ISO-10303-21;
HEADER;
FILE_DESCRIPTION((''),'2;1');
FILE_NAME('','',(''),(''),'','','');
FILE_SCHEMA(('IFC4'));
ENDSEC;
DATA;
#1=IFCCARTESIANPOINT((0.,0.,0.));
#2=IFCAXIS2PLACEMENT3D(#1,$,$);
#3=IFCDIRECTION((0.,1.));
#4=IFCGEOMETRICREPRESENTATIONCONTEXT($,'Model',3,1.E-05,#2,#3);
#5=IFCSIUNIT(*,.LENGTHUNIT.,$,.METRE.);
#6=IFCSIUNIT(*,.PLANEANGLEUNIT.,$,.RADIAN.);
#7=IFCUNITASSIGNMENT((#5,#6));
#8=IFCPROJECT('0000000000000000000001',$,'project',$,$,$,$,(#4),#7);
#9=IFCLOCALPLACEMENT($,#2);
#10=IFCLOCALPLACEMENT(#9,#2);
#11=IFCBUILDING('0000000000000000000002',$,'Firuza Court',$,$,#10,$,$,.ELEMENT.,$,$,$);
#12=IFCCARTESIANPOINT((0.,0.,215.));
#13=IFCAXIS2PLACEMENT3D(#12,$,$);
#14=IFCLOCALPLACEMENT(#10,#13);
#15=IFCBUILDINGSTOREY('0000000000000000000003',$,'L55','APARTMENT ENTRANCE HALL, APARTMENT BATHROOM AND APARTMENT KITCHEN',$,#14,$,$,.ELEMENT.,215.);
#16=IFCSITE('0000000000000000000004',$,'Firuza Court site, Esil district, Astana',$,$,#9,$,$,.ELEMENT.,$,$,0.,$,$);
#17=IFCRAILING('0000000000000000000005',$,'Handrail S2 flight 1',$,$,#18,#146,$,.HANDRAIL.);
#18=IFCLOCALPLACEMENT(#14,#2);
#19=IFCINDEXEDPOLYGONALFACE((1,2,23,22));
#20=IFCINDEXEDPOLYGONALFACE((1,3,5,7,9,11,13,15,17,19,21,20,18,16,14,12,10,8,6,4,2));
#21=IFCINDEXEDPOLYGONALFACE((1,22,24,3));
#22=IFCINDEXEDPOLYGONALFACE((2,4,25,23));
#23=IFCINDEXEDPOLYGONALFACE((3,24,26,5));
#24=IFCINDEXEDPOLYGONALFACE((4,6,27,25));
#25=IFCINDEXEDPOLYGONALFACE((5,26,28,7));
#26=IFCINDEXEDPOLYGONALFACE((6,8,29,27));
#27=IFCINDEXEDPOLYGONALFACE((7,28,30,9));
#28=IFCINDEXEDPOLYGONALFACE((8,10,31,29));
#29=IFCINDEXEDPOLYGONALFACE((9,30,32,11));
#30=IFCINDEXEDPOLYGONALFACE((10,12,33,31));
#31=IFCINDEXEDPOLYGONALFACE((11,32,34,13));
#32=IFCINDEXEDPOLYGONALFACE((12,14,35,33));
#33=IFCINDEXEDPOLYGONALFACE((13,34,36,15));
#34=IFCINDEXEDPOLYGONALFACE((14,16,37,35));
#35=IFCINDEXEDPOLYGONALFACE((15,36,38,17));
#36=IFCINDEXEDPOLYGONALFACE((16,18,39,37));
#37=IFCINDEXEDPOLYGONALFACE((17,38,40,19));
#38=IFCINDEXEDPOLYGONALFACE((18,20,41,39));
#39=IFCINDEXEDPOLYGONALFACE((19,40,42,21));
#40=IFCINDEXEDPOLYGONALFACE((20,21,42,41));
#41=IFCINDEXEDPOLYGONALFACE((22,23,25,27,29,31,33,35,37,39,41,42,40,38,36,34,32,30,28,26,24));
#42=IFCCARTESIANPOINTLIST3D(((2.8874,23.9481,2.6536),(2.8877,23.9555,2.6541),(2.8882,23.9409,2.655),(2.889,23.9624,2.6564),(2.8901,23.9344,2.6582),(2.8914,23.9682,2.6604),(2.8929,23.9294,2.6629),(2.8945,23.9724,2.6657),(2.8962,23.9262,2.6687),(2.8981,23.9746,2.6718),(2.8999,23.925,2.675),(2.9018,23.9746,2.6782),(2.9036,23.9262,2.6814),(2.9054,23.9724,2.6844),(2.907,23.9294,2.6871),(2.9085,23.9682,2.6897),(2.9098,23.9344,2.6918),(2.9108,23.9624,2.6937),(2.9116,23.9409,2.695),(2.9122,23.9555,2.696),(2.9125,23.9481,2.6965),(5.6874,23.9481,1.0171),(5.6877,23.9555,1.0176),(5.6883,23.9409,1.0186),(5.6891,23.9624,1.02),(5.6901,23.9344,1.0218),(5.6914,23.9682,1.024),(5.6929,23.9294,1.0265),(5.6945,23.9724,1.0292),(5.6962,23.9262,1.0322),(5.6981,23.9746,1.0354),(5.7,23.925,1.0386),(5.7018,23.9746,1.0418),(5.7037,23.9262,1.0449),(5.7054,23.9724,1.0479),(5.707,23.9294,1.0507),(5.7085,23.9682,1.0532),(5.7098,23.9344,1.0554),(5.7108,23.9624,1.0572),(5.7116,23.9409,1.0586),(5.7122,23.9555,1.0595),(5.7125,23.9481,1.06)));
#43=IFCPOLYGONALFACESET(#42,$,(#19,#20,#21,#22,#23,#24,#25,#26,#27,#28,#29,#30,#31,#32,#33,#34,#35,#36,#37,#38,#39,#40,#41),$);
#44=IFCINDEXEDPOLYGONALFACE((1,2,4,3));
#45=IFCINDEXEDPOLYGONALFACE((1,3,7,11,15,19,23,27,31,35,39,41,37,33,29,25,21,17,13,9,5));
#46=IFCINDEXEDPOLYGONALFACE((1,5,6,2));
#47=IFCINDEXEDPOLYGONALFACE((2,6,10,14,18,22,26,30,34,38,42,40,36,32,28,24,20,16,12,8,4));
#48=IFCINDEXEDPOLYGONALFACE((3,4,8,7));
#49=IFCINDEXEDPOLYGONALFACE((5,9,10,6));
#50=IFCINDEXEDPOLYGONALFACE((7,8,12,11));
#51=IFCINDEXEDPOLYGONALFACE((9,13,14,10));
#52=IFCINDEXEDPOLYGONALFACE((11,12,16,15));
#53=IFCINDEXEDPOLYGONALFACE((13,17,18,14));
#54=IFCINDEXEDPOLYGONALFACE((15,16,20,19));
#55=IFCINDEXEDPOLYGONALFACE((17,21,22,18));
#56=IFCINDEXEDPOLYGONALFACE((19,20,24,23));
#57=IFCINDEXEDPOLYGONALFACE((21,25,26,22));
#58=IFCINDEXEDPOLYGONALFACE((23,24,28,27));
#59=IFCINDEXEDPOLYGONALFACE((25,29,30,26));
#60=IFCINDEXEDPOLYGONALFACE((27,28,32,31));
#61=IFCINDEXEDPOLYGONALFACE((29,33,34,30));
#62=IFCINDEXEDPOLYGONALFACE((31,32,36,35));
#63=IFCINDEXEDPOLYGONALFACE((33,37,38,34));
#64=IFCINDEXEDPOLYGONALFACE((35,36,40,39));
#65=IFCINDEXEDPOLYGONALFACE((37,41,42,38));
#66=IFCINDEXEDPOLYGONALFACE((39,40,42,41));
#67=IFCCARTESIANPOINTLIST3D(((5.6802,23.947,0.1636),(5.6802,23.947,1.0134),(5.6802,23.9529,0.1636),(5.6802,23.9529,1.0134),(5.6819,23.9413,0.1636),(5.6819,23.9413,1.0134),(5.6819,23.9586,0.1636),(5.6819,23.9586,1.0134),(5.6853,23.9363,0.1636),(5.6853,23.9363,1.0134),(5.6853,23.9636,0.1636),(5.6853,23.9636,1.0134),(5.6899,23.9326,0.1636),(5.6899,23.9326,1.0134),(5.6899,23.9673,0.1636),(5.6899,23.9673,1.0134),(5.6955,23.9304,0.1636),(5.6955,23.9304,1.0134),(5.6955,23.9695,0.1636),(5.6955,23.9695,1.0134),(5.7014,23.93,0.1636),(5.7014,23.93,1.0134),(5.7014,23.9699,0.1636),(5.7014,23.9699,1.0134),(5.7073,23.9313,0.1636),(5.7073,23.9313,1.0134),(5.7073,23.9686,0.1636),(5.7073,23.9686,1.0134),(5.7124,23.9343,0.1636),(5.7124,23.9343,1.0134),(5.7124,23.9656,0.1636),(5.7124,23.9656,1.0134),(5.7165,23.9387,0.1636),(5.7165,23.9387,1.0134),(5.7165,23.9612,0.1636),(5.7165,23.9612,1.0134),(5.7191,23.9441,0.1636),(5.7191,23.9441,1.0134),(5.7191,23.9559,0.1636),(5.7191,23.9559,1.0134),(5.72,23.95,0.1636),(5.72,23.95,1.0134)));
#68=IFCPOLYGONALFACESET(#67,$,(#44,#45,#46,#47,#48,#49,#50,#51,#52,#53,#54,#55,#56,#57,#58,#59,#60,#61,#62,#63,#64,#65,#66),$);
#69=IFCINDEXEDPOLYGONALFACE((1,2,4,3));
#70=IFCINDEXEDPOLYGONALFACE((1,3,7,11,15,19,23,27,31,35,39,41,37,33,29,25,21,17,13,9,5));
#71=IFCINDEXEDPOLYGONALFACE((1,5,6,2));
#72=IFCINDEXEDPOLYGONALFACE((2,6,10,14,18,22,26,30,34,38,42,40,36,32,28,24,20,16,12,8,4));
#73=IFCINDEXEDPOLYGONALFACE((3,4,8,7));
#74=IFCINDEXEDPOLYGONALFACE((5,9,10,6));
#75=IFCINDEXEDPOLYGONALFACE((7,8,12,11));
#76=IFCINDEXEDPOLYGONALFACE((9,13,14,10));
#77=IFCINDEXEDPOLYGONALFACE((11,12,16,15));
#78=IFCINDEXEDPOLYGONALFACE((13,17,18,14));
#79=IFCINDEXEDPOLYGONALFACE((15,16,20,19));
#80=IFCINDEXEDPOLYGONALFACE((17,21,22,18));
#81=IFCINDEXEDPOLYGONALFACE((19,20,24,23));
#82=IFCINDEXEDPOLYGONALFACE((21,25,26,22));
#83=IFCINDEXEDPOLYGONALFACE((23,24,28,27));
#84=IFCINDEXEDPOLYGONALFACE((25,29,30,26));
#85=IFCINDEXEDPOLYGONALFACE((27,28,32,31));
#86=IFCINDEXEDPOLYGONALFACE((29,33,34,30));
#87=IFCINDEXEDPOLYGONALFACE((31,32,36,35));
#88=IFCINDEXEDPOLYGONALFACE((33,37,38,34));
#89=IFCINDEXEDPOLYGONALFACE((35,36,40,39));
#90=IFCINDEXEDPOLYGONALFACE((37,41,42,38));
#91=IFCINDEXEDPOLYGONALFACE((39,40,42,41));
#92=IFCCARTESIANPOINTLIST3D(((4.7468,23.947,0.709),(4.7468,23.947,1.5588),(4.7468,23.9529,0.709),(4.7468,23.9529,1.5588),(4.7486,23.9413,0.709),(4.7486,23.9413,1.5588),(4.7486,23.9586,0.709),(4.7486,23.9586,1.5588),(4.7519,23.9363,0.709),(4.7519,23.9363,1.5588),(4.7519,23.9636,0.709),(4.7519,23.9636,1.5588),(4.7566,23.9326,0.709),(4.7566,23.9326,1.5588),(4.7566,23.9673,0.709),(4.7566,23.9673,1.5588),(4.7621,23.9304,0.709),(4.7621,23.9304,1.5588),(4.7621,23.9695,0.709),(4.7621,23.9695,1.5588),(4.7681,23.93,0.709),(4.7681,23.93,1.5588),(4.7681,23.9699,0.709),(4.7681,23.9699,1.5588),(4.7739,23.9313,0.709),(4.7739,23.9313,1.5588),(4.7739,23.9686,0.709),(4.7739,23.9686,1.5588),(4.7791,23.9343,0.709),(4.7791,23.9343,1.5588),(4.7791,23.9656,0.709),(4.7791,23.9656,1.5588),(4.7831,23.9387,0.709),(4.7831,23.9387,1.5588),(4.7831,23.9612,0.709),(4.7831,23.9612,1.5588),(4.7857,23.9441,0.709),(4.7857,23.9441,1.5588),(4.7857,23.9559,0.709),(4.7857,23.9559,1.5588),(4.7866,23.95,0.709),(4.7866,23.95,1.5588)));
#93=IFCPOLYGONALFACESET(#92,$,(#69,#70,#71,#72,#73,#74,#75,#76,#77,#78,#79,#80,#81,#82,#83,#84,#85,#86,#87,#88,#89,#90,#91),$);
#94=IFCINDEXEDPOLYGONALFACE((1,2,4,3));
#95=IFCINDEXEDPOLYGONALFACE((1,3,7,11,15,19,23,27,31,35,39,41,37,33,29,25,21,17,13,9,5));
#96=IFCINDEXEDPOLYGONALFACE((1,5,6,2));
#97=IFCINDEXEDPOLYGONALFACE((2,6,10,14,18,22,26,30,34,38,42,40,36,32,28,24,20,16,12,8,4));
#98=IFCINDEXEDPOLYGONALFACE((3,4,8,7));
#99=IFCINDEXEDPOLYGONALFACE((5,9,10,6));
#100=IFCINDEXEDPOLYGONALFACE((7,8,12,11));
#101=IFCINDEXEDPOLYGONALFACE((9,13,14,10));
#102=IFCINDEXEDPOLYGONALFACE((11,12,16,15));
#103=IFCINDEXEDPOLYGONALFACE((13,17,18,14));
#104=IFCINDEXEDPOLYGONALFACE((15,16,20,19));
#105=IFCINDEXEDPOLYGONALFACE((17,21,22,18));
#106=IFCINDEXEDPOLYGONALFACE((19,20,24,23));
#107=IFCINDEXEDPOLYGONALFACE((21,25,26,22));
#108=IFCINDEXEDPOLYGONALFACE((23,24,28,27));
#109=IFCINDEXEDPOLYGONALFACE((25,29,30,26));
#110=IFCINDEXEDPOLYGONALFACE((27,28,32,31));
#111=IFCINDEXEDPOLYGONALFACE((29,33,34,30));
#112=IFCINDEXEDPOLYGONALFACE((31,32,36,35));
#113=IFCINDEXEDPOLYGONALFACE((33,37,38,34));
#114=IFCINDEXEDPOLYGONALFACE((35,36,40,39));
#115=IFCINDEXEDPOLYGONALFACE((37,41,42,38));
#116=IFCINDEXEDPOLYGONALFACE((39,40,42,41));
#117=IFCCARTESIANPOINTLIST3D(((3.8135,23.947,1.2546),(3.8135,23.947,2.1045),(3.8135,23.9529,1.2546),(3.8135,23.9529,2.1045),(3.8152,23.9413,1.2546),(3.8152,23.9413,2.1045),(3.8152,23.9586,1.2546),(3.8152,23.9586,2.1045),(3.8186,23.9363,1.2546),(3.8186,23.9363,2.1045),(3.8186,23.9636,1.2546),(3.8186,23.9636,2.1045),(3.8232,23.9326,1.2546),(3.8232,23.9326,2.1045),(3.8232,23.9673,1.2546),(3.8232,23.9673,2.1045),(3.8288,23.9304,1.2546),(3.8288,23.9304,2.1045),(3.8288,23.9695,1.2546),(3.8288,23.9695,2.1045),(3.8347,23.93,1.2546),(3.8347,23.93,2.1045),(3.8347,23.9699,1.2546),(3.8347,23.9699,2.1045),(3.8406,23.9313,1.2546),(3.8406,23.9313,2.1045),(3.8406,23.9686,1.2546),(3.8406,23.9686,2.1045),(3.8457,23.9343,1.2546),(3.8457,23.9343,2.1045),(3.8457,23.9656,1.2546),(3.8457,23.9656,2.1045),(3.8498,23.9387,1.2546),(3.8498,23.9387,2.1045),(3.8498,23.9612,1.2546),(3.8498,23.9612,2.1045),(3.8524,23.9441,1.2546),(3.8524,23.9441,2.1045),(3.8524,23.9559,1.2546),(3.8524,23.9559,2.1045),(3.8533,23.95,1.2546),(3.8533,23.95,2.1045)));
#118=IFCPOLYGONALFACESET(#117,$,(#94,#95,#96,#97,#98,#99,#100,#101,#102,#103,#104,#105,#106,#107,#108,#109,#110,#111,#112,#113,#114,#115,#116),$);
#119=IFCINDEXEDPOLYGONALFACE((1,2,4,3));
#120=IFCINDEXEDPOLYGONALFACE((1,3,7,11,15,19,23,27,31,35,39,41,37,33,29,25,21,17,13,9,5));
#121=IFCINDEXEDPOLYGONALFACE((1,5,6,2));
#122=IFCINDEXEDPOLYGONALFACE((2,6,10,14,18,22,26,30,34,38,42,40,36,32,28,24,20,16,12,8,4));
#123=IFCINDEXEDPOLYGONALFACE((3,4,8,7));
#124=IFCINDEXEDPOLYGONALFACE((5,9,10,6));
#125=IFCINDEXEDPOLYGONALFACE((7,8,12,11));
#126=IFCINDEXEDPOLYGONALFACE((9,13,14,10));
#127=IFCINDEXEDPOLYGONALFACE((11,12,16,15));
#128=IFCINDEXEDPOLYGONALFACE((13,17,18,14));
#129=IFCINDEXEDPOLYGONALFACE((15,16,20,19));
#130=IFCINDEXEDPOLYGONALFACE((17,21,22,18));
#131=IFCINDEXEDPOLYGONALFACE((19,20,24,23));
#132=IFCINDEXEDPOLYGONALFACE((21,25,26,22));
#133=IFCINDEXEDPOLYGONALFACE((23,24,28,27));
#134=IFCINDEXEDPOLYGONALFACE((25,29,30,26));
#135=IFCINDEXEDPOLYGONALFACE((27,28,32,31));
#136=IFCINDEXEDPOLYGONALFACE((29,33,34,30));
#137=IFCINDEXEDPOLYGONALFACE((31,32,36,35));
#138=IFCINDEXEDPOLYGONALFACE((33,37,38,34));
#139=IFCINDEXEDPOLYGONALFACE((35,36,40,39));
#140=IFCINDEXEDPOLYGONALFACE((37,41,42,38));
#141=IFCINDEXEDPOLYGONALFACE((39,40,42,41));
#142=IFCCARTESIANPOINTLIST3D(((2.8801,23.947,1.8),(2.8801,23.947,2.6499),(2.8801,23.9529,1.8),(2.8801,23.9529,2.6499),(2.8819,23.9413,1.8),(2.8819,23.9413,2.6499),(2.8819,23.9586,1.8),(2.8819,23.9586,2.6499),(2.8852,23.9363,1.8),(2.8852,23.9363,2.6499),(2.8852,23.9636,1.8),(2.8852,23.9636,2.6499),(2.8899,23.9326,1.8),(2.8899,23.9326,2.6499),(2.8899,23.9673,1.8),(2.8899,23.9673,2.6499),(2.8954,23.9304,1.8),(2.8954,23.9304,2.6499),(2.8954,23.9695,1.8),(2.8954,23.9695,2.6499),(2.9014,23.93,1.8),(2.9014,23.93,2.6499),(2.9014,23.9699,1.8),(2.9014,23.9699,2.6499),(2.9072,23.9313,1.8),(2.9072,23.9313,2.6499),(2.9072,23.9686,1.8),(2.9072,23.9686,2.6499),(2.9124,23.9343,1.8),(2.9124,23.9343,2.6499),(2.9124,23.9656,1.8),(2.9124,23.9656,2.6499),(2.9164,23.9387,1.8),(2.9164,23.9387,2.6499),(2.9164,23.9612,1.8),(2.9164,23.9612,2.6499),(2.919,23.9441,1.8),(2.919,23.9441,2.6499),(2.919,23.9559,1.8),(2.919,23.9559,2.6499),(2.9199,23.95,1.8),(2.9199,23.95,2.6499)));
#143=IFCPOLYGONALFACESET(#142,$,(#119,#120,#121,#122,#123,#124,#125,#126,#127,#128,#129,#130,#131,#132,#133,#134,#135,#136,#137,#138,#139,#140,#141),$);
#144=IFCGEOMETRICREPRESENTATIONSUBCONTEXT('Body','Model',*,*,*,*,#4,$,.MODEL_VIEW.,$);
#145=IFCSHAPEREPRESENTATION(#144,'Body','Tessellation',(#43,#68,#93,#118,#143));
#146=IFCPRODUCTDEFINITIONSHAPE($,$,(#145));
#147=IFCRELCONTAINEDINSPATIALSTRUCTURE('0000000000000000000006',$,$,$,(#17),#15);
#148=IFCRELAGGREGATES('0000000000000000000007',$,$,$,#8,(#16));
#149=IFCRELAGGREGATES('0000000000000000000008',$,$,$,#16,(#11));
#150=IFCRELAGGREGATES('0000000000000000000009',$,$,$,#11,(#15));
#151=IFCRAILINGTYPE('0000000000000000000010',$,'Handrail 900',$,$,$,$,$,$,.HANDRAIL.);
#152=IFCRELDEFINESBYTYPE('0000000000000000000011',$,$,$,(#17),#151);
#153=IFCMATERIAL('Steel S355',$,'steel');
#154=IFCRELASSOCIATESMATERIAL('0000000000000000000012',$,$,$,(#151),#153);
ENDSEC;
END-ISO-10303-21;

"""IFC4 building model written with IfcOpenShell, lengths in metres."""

from ifc_helpers import new_model, si_unit, direction, frame, origin, origin_2d, place, context, subcontext, project, spatial, circle, extrude, material, type_object, element, save


model = new_model("IFC4")

# Units and contexts
model_context = context("Model", 3, precision=1e-05, world=origin(), true_north=direction((0.0, 1.0)))
body_context = subcontext(model_context, "Body", "Model", "MODEL_VIEW")
ifc_project = project(units=[si_unit("LENGTHUNIT", "METRE"), si_unit("PLANEANGLEUNIT", "RADIAN")], contexts=[model_context])

# Site, building, storey
site_placement = place(None, origin())
site = spatial("IfcSite", under=ifc_project, at=site_placement, Name="Firuza Court site, Esil district, Astana", CompositionType="ELEMENT", RefElevation=0.0)
building_placement = place(site_placement, origin())
building = spatial("IfcBuilding", under=site, at=building_placement, Name="Firuza Court", CompositionType="ELEMENT")
storey_placement = place(building_placement, frame((0.0, 0.0, 215.0)))
storey = spatial("IfcBuildingStorey", under=building, at=storey_placement, Name="L55", Description="APARTMENT ENTRANCE HALL, APARTMENT BATHROOM AND APARTMENT KITCHEN", CompositionType="ELEMENT", Elevation=215.0)

# Railing
ifc_material_1 = material(Name="Steel S355", Category="steel")
railing_type = type_object("IfcRailingType", Name="Handrail 900", PredefinedType="HANDRAIL", material=ifc_material_1)
railing_placement = place(storey_placement, frame((5.7, 23.95, 0.1636)))
element("IfcRailing", 1, at=railing_placement, inside=storey, type_object=railing_type, Name="Handrail S2 flight 1", PredefinedType="HANDRAIL", context=body_context, shape_type="SweptSolid", body=[
    extrude(circle(Radius=0.0249, at=origin_2d()), frame((0.0, 0.0, 0.875), z_axis=(-0.863361, 0.0, 0.504587), x_axis=(0.0, -1.0, 0.0)), (0.0, 0.0, 1.0), 3.2432),
    extrude(circle(Radius=0.02, at=origin_2d()), origin(), (0.0, 0.0, 1.0), 0.8499),
    extrude(circle(Radius=0.02, at=origin_2d()), frame((-0.9333, 0.0, 0.5454)), (0.0, 0.0, 1.0), 0.8499),
    extrude(circle(Radius=0.02, at=origin_2d()), frame((-1.8667, 0.0, 1.0911)), (0.0, 0.0, 1.0), 0.8499),
    extrude(circle(Radius=0.02, at=origin_2d()), frame((-2.8, 0.0, 1.6365)), (0.0, 0.0, 1.0), 0.8499),
])

save(model, "model.ifc")
